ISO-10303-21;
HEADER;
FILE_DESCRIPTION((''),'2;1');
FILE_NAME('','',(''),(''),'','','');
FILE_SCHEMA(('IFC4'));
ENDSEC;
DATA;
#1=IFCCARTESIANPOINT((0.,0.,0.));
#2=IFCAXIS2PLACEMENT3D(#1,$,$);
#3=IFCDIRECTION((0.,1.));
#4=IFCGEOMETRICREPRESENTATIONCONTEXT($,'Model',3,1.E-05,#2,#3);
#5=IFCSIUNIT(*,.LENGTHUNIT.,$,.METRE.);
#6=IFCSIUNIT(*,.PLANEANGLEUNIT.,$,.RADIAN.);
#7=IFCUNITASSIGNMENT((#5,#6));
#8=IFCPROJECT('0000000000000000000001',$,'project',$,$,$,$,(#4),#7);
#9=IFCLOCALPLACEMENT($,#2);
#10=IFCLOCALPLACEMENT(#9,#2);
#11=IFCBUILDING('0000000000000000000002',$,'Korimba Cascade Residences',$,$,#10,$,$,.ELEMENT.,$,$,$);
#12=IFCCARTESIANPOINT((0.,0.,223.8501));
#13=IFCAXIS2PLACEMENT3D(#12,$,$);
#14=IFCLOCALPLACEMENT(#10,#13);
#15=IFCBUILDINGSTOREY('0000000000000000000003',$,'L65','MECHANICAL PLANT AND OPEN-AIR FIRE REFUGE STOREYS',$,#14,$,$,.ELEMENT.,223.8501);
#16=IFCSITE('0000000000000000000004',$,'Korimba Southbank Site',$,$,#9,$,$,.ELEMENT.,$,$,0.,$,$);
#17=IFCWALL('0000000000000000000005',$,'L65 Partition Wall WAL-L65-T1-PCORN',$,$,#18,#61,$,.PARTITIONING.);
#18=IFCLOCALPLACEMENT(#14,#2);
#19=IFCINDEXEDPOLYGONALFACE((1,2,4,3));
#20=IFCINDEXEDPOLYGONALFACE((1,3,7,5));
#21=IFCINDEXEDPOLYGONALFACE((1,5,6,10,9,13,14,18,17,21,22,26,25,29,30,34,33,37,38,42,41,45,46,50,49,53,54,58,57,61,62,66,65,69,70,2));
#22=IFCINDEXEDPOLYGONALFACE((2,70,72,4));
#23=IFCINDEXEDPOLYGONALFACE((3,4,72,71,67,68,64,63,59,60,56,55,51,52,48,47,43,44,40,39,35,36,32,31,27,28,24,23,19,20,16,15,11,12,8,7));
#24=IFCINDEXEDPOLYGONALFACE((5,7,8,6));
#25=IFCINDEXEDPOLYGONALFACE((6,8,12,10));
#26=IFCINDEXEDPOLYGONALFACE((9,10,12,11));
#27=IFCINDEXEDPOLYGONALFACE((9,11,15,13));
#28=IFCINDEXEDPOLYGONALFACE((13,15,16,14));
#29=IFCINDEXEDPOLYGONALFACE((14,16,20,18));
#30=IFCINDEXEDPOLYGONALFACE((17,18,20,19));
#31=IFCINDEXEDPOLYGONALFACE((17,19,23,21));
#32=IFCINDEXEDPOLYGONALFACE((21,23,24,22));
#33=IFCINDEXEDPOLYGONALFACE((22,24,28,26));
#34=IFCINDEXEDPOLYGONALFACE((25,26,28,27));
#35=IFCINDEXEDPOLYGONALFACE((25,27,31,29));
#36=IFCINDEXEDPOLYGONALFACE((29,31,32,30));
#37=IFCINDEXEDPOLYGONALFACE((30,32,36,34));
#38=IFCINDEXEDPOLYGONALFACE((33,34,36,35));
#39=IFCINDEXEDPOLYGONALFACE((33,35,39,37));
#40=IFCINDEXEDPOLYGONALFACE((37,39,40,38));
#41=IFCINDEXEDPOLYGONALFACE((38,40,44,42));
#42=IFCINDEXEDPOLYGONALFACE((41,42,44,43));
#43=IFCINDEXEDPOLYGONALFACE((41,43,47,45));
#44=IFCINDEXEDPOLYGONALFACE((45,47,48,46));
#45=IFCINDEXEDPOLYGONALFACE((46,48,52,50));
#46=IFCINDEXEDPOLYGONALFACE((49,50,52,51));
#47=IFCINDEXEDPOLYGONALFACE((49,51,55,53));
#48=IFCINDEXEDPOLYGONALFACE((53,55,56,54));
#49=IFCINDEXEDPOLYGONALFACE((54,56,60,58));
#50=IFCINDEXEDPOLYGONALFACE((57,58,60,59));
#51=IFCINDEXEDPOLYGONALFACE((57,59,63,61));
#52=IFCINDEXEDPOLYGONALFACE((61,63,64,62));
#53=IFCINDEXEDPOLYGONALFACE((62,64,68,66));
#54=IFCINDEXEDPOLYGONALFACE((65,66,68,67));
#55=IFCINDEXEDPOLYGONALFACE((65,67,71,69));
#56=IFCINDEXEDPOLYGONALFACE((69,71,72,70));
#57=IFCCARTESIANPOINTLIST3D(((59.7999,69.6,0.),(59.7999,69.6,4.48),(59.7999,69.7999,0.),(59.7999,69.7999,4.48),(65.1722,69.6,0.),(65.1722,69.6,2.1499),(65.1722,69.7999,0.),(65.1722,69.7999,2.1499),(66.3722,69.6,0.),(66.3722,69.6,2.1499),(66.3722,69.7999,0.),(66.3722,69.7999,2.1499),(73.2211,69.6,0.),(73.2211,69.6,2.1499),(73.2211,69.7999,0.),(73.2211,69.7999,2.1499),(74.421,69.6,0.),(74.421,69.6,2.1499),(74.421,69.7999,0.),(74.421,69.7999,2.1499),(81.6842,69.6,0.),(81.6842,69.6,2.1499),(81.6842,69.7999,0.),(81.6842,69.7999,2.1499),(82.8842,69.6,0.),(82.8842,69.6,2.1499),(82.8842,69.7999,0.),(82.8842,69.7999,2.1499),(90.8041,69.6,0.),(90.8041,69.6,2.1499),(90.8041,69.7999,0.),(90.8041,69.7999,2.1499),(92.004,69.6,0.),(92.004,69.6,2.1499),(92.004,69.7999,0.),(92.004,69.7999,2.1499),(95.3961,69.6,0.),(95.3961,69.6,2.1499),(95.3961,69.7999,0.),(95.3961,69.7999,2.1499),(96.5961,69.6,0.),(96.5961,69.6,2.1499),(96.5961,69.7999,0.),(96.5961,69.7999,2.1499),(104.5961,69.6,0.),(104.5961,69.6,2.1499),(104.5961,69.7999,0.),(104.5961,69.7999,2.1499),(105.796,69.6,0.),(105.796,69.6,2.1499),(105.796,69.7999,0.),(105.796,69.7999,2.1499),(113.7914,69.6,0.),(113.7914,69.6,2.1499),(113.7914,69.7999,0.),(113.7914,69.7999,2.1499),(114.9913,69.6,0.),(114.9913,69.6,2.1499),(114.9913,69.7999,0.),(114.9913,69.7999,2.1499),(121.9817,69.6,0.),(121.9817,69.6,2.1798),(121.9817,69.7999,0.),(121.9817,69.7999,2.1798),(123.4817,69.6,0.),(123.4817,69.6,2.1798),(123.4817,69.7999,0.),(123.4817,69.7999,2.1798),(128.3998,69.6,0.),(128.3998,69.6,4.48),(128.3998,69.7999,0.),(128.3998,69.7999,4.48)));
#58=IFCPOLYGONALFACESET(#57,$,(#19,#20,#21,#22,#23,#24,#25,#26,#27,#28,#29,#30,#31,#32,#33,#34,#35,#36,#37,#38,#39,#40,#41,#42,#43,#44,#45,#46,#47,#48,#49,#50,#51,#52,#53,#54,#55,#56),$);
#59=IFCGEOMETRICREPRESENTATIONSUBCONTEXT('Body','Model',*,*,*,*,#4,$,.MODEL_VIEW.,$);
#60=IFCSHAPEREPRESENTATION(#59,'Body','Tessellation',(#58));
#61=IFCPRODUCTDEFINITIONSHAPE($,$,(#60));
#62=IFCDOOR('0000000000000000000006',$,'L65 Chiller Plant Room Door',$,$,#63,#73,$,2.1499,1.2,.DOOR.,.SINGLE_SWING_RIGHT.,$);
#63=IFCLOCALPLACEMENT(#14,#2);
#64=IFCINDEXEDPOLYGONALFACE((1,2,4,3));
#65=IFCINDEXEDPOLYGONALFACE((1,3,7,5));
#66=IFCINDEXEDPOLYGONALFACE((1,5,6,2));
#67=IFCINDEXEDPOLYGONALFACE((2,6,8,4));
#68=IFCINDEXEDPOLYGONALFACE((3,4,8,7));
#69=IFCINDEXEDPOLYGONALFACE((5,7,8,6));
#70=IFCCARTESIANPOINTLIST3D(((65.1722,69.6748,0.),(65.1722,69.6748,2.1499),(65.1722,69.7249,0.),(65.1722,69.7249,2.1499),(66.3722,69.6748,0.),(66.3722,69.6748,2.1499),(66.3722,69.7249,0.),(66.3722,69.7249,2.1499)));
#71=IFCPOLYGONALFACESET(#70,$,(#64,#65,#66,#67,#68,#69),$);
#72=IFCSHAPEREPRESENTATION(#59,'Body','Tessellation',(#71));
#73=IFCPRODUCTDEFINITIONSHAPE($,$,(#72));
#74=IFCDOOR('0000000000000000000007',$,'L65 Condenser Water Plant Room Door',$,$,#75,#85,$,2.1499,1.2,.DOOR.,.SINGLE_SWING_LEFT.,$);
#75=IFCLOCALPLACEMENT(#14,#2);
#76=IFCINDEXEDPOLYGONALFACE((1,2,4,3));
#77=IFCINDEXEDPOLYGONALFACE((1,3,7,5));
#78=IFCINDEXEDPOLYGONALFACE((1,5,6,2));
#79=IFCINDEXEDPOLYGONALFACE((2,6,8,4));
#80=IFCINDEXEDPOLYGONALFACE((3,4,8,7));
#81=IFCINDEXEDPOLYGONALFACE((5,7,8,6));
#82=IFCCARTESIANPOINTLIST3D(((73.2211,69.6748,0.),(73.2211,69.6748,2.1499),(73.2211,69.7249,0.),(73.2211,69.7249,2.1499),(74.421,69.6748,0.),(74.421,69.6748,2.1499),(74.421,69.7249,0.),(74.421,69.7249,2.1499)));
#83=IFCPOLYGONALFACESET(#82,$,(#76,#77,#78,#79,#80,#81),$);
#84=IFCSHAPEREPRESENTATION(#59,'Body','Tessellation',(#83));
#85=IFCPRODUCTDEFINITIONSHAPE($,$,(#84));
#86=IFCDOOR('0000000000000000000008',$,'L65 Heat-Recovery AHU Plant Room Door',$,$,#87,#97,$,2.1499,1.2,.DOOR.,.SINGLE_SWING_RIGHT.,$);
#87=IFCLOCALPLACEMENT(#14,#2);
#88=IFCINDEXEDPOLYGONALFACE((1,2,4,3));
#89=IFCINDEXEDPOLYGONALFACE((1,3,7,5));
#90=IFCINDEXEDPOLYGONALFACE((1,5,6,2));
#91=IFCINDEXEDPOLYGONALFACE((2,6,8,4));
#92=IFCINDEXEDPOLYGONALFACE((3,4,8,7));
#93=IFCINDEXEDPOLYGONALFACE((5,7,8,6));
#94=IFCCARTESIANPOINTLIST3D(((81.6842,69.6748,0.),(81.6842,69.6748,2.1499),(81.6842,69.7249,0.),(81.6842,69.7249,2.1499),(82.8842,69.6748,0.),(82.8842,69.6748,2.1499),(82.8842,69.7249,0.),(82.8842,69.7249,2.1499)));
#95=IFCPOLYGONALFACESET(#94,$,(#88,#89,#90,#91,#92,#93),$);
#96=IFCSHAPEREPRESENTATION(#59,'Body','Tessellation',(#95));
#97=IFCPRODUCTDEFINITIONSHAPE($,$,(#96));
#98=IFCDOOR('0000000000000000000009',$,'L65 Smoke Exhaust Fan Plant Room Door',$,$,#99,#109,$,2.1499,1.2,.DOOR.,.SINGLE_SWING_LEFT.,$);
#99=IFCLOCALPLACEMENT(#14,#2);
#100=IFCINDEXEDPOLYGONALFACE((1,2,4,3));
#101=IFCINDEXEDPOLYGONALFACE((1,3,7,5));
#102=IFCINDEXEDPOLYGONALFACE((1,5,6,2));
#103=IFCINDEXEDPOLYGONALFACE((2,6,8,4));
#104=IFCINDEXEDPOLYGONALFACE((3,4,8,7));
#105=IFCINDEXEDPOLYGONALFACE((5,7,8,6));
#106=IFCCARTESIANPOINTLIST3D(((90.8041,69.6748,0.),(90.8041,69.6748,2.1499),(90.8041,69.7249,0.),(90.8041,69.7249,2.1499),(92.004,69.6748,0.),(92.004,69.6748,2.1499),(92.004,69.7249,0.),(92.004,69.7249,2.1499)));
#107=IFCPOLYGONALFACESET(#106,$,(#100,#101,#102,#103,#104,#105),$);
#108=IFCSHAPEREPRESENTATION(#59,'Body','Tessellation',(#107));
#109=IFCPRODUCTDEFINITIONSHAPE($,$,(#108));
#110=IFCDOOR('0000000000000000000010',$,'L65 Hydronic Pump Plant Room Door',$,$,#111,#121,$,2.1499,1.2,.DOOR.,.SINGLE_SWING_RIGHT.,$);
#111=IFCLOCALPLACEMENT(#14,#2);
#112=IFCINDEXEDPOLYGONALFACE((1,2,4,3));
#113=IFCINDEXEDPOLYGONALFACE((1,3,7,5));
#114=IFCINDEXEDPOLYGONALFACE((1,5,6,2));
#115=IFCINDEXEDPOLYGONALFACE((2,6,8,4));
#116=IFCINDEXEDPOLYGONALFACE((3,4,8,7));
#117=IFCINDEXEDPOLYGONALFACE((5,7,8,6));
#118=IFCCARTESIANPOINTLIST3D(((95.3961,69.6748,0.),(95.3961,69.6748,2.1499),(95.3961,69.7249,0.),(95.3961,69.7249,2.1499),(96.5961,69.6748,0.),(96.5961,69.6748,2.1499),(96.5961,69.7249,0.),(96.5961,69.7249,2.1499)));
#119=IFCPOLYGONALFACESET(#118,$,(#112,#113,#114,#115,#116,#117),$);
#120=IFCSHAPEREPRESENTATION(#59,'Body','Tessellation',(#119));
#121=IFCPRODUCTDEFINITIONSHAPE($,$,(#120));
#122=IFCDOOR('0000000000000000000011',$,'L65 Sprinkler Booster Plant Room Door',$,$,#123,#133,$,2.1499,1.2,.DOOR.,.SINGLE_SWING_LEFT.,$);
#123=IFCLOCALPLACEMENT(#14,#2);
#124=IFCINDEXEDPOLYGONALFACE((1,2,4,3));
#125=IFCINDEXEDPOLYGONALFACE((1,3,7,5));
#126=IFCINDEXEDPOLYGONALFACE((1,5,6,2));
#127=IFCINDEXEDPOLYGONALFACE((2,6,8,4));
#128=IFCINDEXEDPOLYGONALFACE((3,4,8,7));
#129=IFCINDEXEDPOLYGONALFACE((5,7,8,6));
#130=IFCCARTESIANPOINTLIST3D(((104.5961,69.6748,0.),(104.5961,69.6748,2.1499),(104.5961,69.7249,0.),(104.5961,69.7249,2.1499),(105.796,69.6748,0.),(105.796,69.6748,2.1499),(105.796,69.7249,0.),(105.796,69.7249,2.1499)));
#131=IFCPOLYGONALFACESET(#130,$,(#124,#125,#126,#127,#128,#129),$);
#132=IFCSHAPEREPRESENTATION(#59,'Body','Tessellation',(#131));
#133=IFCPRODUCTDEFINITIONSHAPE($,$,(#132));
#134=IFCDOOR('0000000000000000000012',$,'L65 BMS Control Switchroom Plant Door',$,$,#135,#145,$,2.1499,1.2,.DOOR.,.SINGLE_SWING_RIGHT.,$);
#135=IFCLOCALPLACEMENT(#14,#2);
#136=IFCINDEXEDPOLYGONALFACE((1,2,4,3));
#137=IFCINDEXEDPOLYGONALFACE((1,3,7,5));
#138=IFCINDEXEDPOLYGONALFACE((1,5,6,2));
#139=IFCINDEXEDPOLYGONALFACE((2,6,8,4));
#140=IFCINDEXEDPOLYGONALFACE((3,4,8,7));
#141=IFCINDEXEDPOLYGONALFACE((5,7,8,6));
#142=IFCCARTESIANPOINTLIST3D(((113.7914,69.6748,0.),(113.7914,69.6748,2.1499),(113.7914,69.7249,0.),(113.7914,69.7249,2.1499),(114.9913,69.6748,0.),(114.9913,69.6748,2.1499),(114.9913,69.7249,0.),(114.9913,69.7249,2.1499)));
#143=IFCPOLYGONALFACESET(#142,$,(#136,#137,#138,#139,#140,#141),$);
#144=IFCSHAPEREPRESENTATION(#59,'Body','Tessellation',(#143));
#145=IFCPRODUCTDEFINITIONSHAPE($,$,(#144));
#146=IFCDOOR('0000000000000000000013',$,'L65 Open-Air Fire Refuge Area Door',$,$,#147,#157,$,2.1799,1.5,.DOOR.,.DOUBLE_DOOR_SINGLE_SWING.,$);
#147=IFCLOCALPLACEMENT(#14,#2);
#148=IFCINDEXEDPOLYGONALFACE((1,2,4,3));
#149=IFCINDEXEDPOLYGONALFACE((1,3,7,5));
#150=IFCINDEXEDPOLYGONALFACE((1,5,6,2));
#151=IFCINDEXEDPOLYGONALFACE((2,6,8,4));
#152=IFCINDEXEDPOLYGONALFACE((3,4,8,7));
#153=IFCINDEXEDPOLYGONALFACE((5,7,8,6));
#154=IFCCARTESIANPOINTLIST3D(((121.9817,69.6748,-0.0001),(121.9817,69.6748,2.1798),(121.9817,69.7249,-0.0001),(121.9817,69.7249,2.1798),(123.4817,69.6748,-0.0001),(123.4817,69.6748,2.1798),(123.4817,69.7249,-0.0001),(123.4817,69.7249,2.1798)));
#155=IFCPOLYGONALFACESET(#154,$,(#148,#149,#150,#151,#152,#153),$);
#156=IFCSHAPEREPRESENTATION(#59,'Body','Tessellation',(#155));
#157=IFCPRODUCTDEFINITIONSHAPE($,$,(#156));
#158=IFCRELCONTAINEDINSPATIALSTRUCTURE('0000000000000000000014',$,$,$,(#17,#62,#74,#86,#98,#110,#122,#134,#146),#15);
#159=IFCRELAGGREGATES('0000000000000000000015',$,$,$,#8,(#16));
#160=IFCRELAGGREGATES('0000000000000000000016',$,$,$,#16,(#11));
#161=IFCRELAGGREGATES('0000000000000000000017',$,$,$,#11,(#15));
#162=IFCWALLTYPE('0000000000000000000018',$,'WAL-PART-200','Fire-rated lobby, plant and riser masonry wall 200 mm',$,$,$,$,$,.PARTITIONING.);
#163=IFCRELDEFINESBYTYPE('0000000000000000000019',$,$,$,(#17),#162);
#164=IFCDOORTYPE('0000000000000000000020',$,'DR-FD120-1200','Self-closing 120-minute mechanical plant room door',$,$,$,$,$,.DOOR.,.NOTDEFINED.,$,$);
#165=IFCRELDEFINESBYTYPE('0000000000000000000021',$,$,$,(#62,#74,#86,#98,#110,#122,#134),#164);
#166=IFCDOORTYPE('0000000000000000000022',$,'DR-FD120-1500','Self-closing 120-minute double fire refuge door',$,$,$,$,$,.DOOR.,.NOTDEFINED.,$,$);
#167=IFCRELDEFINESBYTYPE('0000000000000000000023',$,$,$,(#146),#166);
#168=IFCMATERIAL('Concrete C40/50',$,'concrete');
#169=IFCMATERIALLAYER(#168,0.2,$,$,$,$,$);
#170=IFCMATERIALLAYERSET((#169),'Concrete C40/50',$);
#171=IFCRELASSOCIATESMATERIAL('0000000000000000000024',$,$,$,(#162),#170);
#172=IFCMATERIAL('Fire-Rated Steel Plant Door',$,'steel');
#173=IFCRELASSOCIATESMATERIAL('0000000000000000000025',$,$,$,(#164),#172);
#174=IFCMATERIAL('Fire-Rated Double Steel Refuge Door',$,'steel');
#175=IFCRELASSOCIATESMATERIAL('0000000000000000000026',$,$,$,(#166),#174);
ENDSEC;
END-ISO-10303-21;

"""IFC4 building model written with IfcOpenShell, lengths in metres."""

from ifc_helpers import new_model, si_unit, direction, frame, frame_2d, origin, place, context, subcontext, project, spatial, rectangle, extrude, material, layer, layer_set, type_object, element, fill, save


model = new_model("IFC4")

# Units and contexts
model_context = context("Model", 3, precision=1e-05, world=origin(), true_north=direction((0.0, 1.0)))
body_context = subcontext(model_context, "Body", "Model", "MODEL_VIEW")
ifc_project = project(units=[si_unit("LENGTHUNIT", "METRE"), si_unit("PLANEANGLEUNIT", "RADIAN")], contexts=[model_context])

# Site, building, storey
site_placement = place(None, origin())
site = spatial("IfcSite", under=ifc_project, at=site_placement, Name="Korimba Southbank Site", CompositionType="ELEMENT", RefElevation=0.0)
building_placement = place(site_placement, origin())
building = spatial("IfcBuilding", under=site, at=building_placement, Name="Korimba Cascade Residences", CompositionType="ELEMENT")
storey_placement = place(building_placement, frame((0.0, 0.0, 223.8501)))
storey = spatial("IfcBuildingStorey", under=building, at=storey_placement, Name="L65", Description="MECHANICAL PLANT AND OPEN-AIR FIRE REFUGE STOREYS", CompositionType="ELEMENT", Elevation=223.8501)

# Shared definitions
ifc_material_1 = material(Name="Concrete C40/50", Category="concrete")
ifc_layer = layer(ifc_material_1, 0.2)
ifc_layer_set = layer_set([ifc_layer], Name="Concrete C40/50")
wall_type = type_object("IfcWallType", Name="WAL-PART-200", Description="Fire-rated lobby, plant and riser masonry wall 200 mm", PredefinedType="PARTITIONING", material=ifc_layer_set)

# Wall, openings, doors
wall_placement = place(storey_placement, frame((59.8, 69.7, 0.0), z_axis=(0.0, 0.0, 1.0), x_axis=(1.0, 0.0, 0.0)))
wall = element("IfcWall", 1, at=wall_placement, inside=storey, type_object=wall_type, Name="L65 Partition Wall WAL-L65-T1-PCORN", PredefinedType="PARTITIONING", context=body_context, shape_type="SweptSolid", body=[
    extrude(rectangle(XDim=68.5999, YDim=0.2, at=frame_2d((34.2998, 0.0))), origin(), (0.0, 0.0, 1.0), 4.48),
])
opening_1_placement = place(wall_placement, frame((5.3721, 0.0, 0.0)))
opening_1 = element("IfcOpeningElement", 2, at=opening_1_placement, cuts=wall, PredefinedType="OPENING", context=body_context, shape_type="SweptSolid", body=[
    extrude(rectangle(XDim=1.2, YDim=2.1499, at=frame_2d((0.6001, 1.075))), frame((0.0, 0.1099, 0.0), z_axis=(0.0, -1.0, 0.0), x_axis=(1.0, 0.0, 0.0)), (0.0, 0.0, 1.0), 0.22),
])
opening_2_placement = place(wall_placement, frame((13.4209, 0.0, 0.0)))
opening_2 = element("IfcOpeningElement", 3, at=opening_2_placement, cuts=wall, PredefinedType="OPENING", context=body_context, shape_type="SweptSolid", body=[
    extrude(rectangle(XDim=1.2, YDim=2.1499, at=frame_2d((0.6001, 1.075))), frame((0.0, 0.1099, 0.0), z_axis=(0.0, -1.0, 0.0), x_axis=(1.0, 0.0, 0.0)), (0.0, 0.0, 1.0), 0.22),
])
opening_3_placement = place(wall_placement, frame((21.884, 0.0, 0.0)))
opening_3 = element("IfcOpeningElement", 4, at=opening_3_placement, cuts=wall, PredefinedType="OPENING", context=body_context, shape_type="SweptSolid", body=[
    extrude(rectangle(XDim=1.2, YDim=2.1499, at=frame_2d((0.6001, 1.075))), frame((0.0, 0.1099, 0.0), z_axis=(0.0, -1.0, 0.0), x_axis=(1.0, 0.0, 0.0)), (0.0, 0.0, 1.0), 0.22),
])
opening_4_placement = place(wall_placement, frame((31.0039, 0.0, 0.0)))
opening_4 = element("IfcOpeningElement", 5, at=opening_4_placement, cuts=wall, PredefinedType="OPENING", context=body_context, shape_type="SweptSolid", body=[
    extrude(rectangle(XDim=1.2, YDim=2.1499, at=frame_2d((0.6001, 1.075))), frame((0.0, 0.1099, 0.0), z_axis=(0.0, -1.0, 0.0), x_axis=(1.0, 0.0, 0.0)), (0.0, 0.0, 1.0), 0.22),
])
opening_5_placement = place(wall_placement, frame((35.5959, 0.0, 0.0)))
opening_5 = element("IfcOpeningElement", 6, at=opening_5_placement, cuts=wall, PredefinedType="OPENING", context=body_context, shape_type="SweptSolid", body=[
    extrude(rectangle(XDim=1.2, YDim=2.1499, at=frame_2d((0.6001, 1.075))), frame((0.0, 0.1099, 0.0), z_axis=(0.0, -1.0, 0.0), x_axis=(1.0, 0.0, 0.0)), (0.0, 0.0, 1.0), 0.22),
])
opening_6_placement = place(wall_placement, frame((44.7959, 0.0, 0.0)))
opening_6 = element("IfcOpeningElement", 7, at=opening_6_placement, cuts=wall, PredefinedType="OPENING", context=body_context, shape_type="SweptSolid", body=[
    extrude(rectangle(XDim=1.2, YDim=2.1499, at=frame_2d((0.6001, 1.075))), frame((0.0, 0.1099, 0.0), z_axis=(0.0, -1.0, 0.0), x_axis=(1.0, 0.0, 0.0)), (0.0, 0.0, 1.0), 0.22),
])
opening_7_placement = place(wall_placement, frame((53.9912, 0.0, 0.0)))
opening_7 = element("IfcOpeningElement", 8, at=opening_7_placement, cuts=wall, PredefinedType="OPENING", context=body_context, shape_type="SweptSolid", body=[
    extrude(rectangle(XDim=1.2, YDim=2.1499, at=frame_2d((0.6001, 1.075))), frame((0.0, 0.1099, 0.0), z_axis=(0.0, -1.0, 0.0), x_axis=(1.0, 0.0, 0.0)), (0.0, 0.0, 1.0), 0.22),
])
opening_8_placement = place(wall_placement, frame((62.1816, 0.0, 0.0)))
opening_8 = element("IfcOpeningElement", 9, at=opening_8_placement, cuts=wall, PredefinedType="OPENING", context=body_context, shape_type="SweptSolid", body=[
    extrude(rectangle(XDim=1.5, YDim=2.1799, at=frame_2d((0.75, 1.0898))), frame((0.0, 0.1099, 0.0), z_axis=(0.0, -1.0, 0.0), x_axis=(1.0, 0.0, 0.0)), (0.0, 0.0, 1.0), 0.22),
])
ifc_material_2 = material(Name="Fire-Rated Steel Plant Door", Category="steel")
door_type_1 = type_object("IfcDoorType", Name="DR-FD120-1200", Description="Self-closing 120-minute mechanical plant room door", OperationType="NOTDEFINED", PredefinedType="DOOR", material=ifc_material_2)
door_1_placement = place(opening_1_placement, origin())
door_1 = element("IfcDoor", 10, at=door_1_placement, inside=storey, type_object=door_type_1, Name="L65 Chiller Plant Room Door", OperationType="SINGLE_SWING_RIGHT", OverallHeight=2.1499, OverallWidth=1.2, PredefinedType="DOOR", context=body_context, shape_type="SweptSolid", body=[
    extrude(rectangle(XDim=1.2, YDim=2.1499, at=frame_2d((0.6001, 1.075))), frame((0.0, 0.0249, 0.0), z_axis=(0.0, -1.0, 0.0), x_axis=(1.0, 0.0, 0.0)), (0.0, 0.0, 1.0), 0.05),
])
fill(opening_1, door_1)
door_2_placement = place(opening_2_placement, origin())
door_2 = element("IfcDoor", 11, at=door_2_placement, inside=storey, type_object=door_type_1, Name="L65 Condenser Water Plant Room Door", OperationType="SINGLE_SWING_LEFT", OverallHeight=2.1499, OverallWidth=1.2, PredefinedType="DOOR", context=body_context, shape_type="SweptSolid", body=[
    extrude(rectangle(XDim=1.2, YDim=2.1499, at=frame_2d((0.6001, 1.075))), frame((0.0, 0.0249, 0.0), z_axis=(0.0, -1.0, 0.0), x_axis=(1.0, 0.0, 0.0)), (0.0, 0.0, 1.0), 0.05),
])
fill(opening_2, door_2)
door_3_placement = place(opening_3_placement, origin())
door_3 = element("IfcDoor", 12, at=door_3_placement, inside=storey, type_object=door_type_1, Name="L65 Heat-Recovery AHU Plant Room Door", OperationType="SINGLE_SWING_RIGHT", OverallHeight=2.1499, OverallWidth=1.2, PredefinedType="DOOR", context=body_context, shape_type="SweptSolid", body=[
    extrude(rectangle(XDim=1.2, YDim=2.1499, at=frame_2d((0.6001, 1.075))), frame((0.0, 0.0249, 0.0), z_axis=(0.0, -1.0, 0.0), x_axis=(1.0, 0.0, 0.0)), (0.0, 0.0, 1.0), 0.05),
])
fill(opening_3, door_3)
door_4_placement = place(opening_4_placement, origin())
door_4 = element("IfcDoor", 13, at=door_4_placement, inside=storey, type_object=door_type_1, Name="L65 Smoke Exhaust Fan Plant Room Door", OperationType="SINGLE_SWING_LEFT", OverallHeight=2.1499, OverallWidth=1.2, PredefinedType="DOOR", context=body_context, shape_type="SweptSolid", body=[
    extrude(rectangle(XDim=1.2, YDim=2.1499, at=frame_2d((0.6001, 1.075))), frame((0.0, 0.0249, 0.0), z_axis=(0.0, -1.0, 0.0), x_axis=(1.0, 0.0, 0.0)), (0.0, 0.0, 1.0), 0.05),
])
fill(opening_4, door_4)
door_5_placement = place(opening_5_placement, origin())
door_5 = element("IfcDoor", 14, at=door_5_placement, inside=storey, type_object=door_type_1, Name="L65 Hydronic Pump Plant Room Door", OperationType="SINGLE_SWING_RIGHT", OverallHeight=2.1499, OverallWidth=1.2, PredefinedType="DOOR", context=body_context, shape_type="SweptSolid", body=[
    extrude(rectangle(XDim=1.2, YDim=2.1499, at=frame_2d((0.6001, 1.075))), frame((0.0, 0.0249, 0.0), z_axis=(0.0, -1.0, 0.0), x_axis=(1.0, 0.0, 0.0)), (0.0, 0.0, 1.0), 0.05),
])
fill(opening_5, door_5)
door_6_placement = place(opening_6_placement, origin())
door_6 = element("IfcDoor", 15, at=door_6_placement, inside=storey, type_object=door_type_1, Name="L65 Sprinkler Booster Plant Room Door", OperationType="SINGLE_SWING_LEFT", OverallHeight=2.1499, OverallWidth=1.2, PredefinedType="DOOR", context=body_context, shape_type="SweptSolid", body=[
    extrude(rectangle(XDim=1.2, YDim=2.1499, at=frame_2d((0.6001, 1.075))), frame((0.0, 0.0249, 0.0), z_axis=(0.0, -1.0, 0.0), x_axis=(1.0, 0.0, 0.0)), (0.0, 0.0, 1.0), 0.05),
])
fill(opening_6, door_6)
door_7_placement = place(opening_7_placement, origin())
door_7 = element("IfcDoor", 16, at=door_7_placement, inside=storey, type_object=door_type_1, Name="L65 BMS Control Switchroom Plant Door", OperationType="SINGLE_SWING_RIGHT", OverallHeight=2.1499, OverallWidth=1.2, PredefinedType="DOOR", context=body_context, shape_type="SweptSolid", body=[
    extrude(rectangle(XDim=1.2, YDim=2.1499, at=frame_2d((0.6001, 1.075))), frame((0.0, 0.0249, 0.0), z_axis=(0.0, -1.0, 0.0), x_axis=(1.0, 0.0, 0.0)), (0.0, 0.0, 1.0), 0.05),
])
fill(opening_7, door_7)
ifc_material_3 = material(Name="Fire-Rated Double Steel Refuge Door", Category="steel")
door_type_2 = type_object("IfcDoorType", Name="DR-FD120-1500", Description="Self-closing 120-minute double fire refuge door", OperationType="NOTDEFINED", PredefinedType="DOOR", material=ifc_material_3)
door_8_placement = place(opening_8_placement, origin())
door_8 = element("IfcDoor", 17, at=door_8_placement, inside=storey, type_object=door_type_2, Name="L65 Open-Air Fire Refuge Area Door", OperationType="DOUBLE_DOOR_SINGLE_SWING", OverallHeight=2.1799, OverallWidth=1.5, PredefinedType="DOOR", context=body_context, shape_type="SweptSolid", body=[
    extrude(rectangle(XDim=1.5, YDim=2.1799, at=frame_2d((0.75, 1.0898))), frame((0.0, 0.0249, 0.0), z_axis=(0.0, -1.0, 0.0), x_axis=(1.0, 0.0, 0.0)), (0.0, 0.0, 1.0), 0.05),
])
fill(opening_8, door_8)

save(model, "model.ifc")
